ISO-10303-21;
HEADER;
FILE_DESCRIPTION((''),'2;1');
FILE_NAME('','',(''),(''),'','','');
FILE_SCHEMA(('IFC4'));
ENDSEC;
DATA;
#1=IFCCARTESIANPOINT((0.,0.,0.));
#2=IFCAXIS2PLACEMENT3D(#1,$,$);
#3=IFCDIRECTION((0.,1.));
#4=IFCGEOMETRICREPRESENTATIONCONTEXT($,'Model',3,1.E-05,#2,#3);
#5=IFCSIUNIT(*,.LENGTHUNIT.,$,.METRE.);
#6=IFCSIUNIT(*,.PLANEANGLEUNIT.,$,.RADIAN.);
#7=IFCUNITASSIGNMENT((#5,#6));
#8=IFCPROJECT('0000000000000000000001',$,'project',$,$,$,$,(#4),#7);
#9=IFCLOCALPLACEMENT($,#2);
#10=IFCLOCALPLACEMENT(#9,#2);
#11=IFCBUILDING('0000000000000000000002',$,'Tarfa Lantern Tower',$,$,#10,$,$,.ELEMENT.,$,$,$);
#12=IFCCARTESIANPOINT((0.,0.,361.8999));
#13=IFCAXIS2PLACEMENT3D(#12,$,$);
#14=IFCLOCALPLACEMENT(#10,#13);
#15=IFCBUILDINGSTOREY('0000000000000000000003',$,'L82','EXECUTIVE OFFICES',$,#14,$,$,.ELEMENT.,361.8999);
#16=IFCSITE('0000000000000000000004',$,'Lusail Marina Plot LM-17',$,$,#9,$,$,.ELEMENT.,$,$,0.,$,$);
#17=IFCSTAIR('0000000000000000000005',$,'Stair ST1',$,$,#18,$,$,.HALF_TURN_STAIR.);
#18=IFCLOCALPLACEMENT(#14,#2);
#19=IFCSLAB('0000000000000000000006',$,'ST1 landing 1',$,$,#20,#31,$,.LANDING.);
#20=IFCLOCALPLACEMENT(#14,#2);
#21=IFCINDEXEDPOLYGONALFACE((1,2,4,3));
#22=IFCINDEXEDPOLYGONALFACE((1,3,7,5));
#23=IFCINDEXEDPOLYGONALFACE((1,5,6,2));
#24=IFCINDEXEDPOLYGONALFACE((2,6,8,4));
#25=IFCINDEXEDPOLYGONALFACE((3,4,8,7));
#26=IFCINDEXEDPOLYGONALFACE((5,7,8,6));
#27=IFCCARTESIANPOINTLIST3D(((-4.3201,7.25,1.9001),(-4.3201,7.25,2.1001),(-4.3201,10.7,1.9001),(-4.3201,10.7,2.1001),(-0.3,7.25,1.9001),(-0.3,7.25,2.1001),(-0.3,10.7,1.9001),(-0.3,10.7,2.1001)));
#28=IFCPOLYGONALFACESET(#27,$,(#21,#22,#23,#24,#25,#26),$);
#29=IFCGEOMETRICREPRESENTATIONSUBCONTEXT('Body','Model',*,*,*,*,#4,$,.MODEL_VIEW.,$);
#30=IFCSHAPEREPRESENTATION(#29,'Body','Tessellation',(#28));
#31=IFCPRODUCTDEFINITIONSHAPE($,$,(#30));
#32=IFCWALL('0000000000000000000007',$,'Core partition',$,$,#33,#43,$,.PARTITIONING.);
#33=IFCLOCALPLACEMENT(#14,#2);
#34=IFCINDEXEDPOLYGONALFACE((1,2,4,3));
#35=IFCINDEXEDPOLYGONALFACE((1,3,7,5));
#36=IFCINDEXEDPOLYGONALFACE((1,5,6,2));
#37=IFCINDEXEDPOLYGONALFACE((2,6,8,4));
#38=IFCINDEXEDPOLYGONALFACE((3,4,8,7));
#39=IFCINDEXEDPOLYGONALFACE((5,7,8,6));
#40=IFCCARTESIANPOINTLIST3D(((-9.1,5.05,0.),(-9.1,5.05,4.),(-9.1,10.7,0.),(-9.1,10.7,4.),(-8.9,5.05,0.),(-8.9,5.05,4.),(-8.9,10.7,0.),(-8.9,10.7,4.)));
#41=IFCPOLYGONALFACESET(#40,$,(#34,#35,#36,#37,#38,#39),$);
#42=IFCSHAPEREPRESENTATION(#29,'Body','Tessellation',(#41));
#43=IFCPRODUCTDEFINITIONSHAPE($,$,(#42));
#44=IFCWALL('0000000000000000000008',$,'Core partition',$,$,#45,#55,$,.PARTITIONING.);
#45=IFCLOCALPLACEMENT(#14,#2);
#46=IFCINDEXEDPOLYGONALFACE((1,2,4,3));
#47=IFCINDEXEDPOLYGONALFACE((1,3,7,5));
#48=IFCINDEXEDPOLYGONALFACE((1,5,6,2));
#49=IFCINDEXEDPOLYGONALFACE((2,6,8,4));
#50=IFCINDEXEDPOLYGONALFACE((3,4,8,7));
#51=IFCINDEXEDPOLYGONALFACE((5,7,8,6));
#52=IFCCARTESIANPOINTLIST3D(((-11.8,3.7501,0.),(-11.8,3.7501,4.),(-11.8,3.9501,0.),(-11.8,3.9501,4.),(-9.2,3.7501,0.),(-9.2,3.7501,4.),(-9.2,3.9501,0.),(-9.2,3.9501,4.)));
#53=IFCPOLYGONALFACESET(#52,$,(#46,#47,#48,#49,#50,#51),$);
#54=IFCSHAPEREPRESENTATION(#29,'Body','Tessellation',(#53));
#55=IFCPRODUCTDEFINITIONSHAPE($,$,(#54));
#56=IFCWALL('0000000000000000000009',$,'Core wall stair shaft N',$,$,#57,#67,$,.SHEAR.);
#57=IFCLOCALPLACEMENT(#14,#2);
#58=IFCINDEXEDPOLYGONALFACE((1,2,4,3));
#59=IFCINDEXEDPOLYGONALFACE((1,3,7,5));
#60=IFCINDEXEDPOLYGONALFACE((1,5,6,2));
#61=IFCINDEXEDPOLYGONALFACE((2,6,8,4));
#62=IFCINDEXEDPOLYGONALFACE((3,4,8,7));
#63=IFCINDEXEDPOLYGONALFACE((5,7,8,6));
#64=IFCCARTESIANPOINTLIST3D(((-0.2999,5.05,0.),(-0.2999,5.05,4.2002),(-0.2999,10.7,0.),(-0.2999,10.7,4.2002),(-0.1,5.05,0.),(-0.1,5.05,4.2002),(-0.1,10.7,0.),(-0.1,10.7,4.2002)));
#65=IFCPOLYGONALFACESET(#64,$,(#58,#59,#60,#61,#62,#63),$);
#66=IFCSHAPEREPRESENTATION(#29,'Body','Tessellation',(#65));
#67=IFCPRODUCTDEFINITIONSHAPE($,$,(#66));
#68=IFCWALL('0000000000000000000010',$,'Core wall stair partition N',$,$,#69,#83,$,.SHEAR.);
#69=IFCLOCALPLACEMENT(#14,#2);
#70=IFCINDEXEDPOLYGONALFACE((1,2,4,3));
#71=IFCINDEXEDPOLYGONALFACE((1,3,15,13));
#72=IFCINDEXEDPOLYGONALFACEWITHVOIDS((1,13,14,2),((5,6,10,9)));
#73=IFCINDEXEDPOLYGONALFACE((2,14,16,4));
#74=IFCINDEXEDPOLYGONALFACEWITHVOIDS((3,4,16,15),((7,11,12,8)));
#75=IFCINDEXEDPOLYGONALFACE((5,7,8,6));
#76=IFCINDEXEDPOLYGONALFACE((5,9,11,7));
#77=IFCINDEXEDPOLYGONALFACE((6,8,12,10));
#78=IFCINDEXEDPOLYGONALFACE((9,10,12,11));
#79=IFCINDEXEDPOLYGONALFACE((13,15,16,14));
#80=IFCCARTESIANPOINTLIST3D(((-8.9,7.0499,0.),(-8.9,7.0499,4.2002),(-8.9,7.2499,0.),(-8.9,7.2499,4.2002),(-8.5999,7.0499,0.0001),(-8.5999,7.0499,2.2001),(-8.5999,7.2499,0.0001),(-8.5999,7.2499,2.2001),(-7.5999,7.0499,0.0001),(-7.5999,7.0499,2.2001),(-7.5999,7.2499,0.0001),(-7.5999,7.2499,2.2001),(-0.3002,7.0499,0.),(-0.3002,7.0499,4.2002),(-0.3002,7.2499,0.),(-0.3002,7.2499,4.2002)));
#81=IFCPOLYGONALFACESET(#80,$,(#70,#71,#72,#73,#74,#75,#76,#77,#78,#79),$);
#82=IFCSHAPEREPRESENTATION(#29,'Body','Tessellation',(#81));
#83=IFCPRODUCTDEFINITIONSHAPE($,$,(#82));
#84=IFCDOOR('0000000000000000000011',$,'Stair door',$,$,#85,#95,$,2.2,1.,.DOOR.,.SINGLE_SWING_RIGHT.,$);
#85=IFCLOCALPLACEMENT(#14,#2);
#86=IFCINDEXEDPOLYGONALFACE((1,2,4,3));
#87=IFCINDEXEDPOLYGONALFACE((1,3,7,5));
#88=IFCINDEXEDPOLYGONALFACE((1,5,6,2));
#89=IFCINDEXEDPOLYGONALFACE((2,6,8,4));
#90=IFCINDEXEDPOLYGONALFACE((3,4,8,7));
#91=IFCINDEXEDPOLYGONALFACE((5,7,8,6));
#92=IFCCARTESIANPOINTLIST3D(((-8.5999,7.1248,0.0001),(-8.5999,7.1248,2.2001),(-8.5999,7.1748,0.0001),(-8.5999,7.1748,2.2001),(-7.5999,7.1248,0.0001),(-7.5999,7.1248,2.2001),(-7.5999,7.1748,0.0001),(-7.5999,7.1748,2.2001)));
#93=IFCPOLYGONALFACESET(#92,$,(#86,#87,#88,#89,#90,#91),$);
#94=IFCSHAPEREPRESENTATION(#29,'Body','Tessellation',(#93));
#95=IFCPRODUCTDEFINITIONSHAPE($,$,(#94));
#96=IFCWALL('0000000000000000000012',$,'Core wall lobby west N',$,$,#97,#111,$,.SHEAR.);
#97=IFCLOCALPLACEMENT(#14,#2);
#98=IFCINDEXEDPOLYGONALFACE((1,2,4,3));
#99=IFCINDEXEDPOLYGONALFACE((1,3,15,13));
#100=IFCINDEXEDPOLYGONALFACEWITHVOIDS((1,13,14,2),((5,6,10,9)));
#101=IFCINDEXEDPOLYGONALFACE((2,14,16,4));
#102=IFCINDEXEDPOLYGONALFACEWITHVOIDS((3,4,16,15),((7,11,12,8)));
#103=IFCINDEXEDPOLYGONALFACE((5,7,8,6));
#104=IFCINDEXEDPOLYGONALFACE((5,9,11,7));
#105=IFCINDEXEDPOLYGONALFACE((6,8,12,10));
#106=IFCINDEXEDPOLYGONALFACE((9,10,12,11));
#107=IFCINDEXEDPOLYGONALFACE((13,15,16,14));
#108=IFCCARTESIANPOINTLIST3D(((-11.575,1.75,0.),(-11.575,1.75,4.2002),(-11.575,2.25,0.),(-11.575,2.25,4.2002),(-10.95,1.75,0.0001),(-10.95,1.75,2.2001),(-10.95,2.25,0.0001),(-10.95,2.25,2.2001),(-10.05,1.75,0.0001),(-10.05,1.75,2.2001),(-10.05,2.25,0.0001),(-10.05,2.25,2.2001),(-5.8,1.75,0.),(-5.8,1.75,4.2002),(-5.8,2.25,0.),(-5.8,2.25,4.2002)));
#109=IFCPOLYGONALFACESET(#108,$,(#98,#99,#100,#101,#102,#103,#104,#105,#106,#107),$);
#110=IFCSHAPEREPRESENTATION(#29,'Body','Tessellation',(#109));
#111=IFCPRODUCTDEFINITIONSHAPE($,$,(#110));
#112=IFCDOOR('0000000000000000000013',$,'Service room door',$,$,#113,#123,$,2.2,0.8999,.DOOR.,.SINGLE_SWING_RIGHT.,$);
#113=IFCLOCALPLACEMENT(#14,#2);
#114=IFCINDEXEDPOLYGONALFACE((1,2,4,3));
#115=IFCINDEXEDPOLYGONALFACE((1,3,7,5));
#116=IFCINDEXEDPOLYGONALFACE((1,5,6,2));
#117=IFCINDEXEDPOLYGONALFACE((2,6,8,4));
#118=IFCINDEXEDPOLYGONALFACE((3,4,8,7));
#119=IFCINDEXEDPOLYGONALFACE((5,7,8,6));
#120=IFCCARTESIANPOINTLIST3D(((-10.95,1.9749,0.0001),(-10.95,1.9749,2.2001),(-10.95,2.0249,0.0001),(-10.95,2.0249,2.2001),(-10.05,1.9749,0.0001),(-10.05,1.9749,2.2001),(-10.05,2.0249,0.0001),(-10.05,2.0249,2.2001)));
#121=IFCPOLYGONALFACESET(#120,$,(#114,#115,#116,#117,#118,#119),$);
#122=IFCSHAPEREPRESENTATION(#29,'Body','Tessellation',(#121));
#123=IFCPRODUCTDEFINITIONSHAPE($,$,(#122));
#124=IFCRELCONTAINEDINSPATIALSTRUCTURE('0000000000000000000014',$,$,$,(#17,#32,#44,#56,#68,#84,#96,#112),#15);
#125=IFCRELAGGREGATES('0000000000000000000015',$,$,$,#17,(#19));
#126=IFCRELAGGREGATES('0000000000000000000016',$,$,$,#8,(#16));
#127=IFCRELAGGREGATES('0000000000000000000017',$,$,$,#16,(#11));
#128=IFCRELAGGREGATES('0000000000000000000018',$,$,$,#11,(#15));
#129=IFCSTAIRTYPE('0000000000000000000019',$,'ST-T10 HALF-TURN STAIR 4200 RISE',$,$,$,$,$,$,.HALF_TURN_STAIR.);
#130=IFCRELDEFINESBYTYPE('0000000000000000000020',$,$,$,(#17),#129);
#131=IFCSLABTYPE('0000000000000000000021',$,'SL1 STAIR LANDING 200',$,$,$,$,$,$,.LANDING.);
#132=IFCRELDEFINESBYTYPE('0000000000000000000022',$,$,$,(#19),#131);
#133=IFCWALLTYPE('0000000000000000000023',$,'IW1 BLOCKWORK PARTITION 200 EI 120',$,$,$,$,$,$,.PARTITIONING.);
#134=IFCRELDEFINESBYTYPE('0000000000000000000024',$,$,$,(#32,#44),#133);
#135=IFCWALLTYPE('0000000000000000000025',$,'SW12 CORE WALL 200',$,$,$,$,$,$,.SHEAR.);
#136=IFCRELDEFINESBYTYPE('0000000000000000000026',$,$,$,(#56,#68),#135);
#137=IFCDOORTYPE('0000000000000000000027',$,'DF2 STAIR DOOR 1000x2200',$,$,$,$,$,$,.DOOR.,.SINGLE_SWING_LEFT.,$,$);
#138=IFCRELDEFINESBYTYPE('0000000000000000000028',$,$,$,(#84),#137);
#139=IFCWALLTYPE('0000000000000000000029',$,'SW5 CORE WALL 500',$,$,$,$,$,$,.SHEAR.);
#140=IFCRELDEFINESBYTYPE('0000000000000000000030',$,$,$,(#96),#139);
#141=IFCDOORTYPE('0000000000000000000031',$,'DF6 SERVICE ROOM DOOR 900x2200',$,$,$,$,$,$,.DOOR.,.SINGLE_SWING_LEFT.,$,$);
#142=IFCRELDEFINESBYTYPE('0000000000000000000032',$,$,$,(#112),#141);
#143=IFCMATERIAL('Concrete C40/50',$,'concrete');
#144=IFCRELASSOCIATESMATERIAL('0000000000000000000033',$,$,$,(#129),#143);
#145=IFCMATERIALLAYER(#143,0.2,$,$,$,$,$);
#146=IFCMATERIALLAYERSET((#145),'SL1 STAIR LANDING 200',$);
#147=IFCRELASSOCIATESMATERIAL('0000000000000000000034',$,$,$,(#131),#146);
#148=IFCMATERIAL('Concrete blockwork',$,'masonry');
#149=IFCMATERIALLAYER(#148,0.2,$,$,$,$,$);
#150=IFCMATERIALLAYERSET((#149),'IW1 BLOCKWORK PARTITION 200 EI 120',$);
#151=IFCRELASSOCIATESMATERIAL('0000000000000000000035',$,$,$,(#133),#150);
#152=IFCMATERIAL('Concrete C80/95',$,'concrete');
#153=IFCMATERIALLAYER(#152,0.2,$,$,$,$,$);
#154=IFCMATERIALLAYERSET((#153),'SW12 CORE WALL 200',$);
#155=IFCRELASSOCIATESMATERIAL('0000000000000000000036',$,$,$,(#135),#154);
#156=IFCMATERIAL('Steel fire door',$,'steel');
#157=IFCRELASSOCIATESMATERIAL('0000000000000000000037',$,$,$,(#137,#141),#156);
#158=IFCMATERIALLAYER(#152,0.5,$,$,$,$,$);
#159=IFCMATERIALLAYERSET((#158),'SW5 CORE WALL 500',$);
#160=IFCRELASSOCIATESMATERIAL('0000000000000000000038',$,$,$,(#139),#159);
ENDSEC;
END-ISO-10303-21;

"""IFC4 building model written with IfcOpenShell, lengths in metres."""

from ifc_helpers import new_model, si_unit, direction, frame, frame_2d, origin, place, context, subcontext, project, spatial, polyline, rectangle, outline, extrude, material, layer, layer_set, type_object, element, fill, aggregate, save


model = new_model("IFC4")

# Units and contexts
model_context = context("Model", 3, precision=1e-05, world=origin(), true_north=direction((0.0, 1.0)))
body_context = subcontext(model_context, "Body", "Model", "MODEL_VIEW")
ifc_project = project(units=[si_unit("LENGTHUNIT", "METRE"), si_unit("PLANEANGLEUNIT", "RADIAN")], contexts=[model_context])

# Site, building, storey
site_placement = place(None, origin())
site = spatial("IfcSite", under=ifc_project, at=site_placement, Name="Lusail Marina Plot LM-17", CompositionType="ELEMENT", RefElevation=0.0)
building_placement = place(site_placement, origin())
building = spatial("IfcBuilding", under=site, at=building_placement, Name="Tarfa Lantern Tower", CompositionType="ELEMENT")
storey_placement = place(building_placement, frame((0.0, 0.0, 361.8999)))
storey = spatial("IfcBuildingStorey", under=building, at=storey_placement, Name="L82", Description="EXECUTIVE OFFICES", CompositionType="ELEMENT", Elevation=361.8999)

# Stair, slab
ifc_material_1 = material(Name="Concrete C40/50", Category="concrete")
stair_type = type_object("IfcStairType", Name="ST-T10 HALF-TURN STAIR 4200 RISE", PredefinedType="HALF_TURN_STAIR", material=ifc_material_1)
stair_placement = place(storey_placement, origin())
stair = element("IfcStair", 1, at=stair_placement, inside=storey, type_object=stair_type, Name="Stair ST1", PredefinedType="HALF_TURN_STAIR")
ifc_layer_1 = layer(ifc_material_1, 0.2)
ifc_layer_set_1 = layer_set([ifc_layer_1], Name="SL1 STAIR LANDING 200")
slab_type = type_object("IfcSlabType", Name="SL1 STAIR LANDING 200", PredefinedType="LANDING", material=ifc_layer_set_1)
slab_placement = place(storey_placement, frame((0.0, 0.0, 1.9001)))
slab = element("IfcSlab", 2, at=slab_placement, type_object=slab_type, Name="ST1 landing 1", PredefinedType="LANDING", context=body_context, shape_type="SweptSolid", body=[
    extrude(outline(polyline([(-4.3201, 7.25), (-0.3, 7.25), (-0.3, 10.7), (-4.3201, 10.7), (-4.3201, 7.25)])), origin(), (0.0, 0.0, 1.0), 0.2),
])
aggregate(stair, [slab])

# Walls
ifc_material_2 = material(Name="Concrete blockwork", Category="masonry")
ifc_layer_2 = layer(ifc_material_2, 0.2)
ifc_layer_set_2 = layer_set([ifc_layer_2], Name="IW1 BLOCKWORK PARTITION 200 EI 120")
wall_type_1 = type_object("IfcWallType", Name="IW1 BLOCKWORK PARTITION 200 EI 120", PredefinedType="PARTITIONING", material=ifc_layer_set_2)
wall_1_placement = place(storey_placement, frame((-9.0, 5.05, 0.0), z_axis=(0.0, 0.0, 1.0), x_axis=(0.0, 1.0, 0.0)))
element("IfcWall", 3, at=wall_1_placement, inside=storey, type_object=wall_type_1, Name="Core partition", PredefinedType="PARTITIONING", context=body_context, shape_type="SweptSolid", body=[
    extrude(rectangle(XDim=5.6499, YDim=0.2, at=frame_2d((2.825, 0.0))), origin(), (0.0, 0.0, 1.0), 4.0),
])
wall_2_placement = place(storey_placement, frame((-11.8, 3.8501, 0.0), z_axis=(0.0, 0.0, 1.0), x_axis=(1.0, 0.0, 0.0)))
element("IfcWall", 4, at=wall_2_placement, inside=storey, type_object=wall_type_1, Name="Core partition", PredefinedType="PARTITIONING", context=body_context, shape_type="SweptSolid", body=[
    extrude(rectangle(XDim=2.6001, YDim=0.2, at=frame_2d((1.3, 0.0))), origin(), (0.0, 0.0, 1.0), 4.0),
])
ifc_material_3 = material(Name="Concrete C80/95", Category="concrete")
ifc_layer_3 = layer(ifc_material_3, 0.2)
ifc_layer_set_3 = layer_set([ifc_layer_3], Name="SW12 CORE WALL 200")
wall_type_2 = type_object("IfcWallType", Name="SW12 CORE WALL 200", PredefinedType="SHEAR", material=ifc_layer_set_3)
wall_3_placement = place(storey_placement, frame((-0.2, 5.05, 0.0), z_axis=(0.0, 0.0, 1.0), x_axis=(0.0, 1.0, 0.0)))
element("IfcWall", 5, at=wall_3_placement, inside=storey, type_object=wall_type_2, Name="Core wall stair shaft N", PredefinedType="SHEAR", context=body_context, shape_type="SweptSolid", body=[
    extrude(rectangle(XDim=5.6499, YDim=0.2, at=frame_2d((2.825, 0.0))), origin(), (0.0, 0.0, 1.0), 4.2002),
])

# Walls, openings, doors
wall_4_placement = place(storey_placement, frame((-8.8999, 7.1499, 0.0), z_axis=(0.0, 0.0, 1.0), x_axis=(1.0, 0.0, 0.0)))
wall_4 = element("IfcWall", 6, at=wall_4_placement, inside=storey, type_object=wall_type_2, Name="Core wall stair partition N", PredefinedType="SHEAR", context=body_context, shape_type="SweptSolid", body=[
    extrude(rectangle(XDim=8.5999, YDim=0.2, at=frame_2d((4.2998, 0.0))), origin(), (0.0, 0.0, 1.0), 4.2002),
])
opening_1_placement = place(wall_4_placement, frame((0.3, 0.0, 0.0)))
opening_1 = element("IfcOpeningElement", 7, at=opening_1_placement, cuts=wall_4, PredefinedType="OPENING", context=body_context, shape_type="SweptSolid", body=[
    extrude(rectangle(XDim=1.0, YDim=2.2, at=frame_2d((0.5, 1.1001))), frame((0.0, 0.1099, 0.0), z_axis=(0.0, -1.0, 0.0), x_axis=(1.0, 0.0, 0.0)), (0.0, 0.0, 1.0), 0.22),
])
ifc_material_4 = material(Name="Steel fire door", Category="steel")
door_type_1 = type_object("IfcDoorType", Name="DF2 STAIR DOOR 1000x2200", OperationType="SINGLE_SWING_LEFT", PredefinedType="DOOR", material=ifc_material_4)
door_1_placement = place(opening_1_placement, origin())
door_1 = element("IfcDoor", 8, at=door_1_placement, inside=storey, type_object=door_type_1, Name="Stair door", OperationType="SINGLE_SWING_RIGHT", OverallHeight=2.2, OverallWidth=1.0, PredefinedType="DOOR", context=body_context, shape_type="SweptSolid", body=[
    extrude(rectangle(XDim=1.0, YDim=2.2, at=frame_2d((0.5, 1.1001))), frame((0.0, 0.0249, 0.0), z_axis=(0.0, -1.0, 0.0), x_axis=(1.0, 0.0, 0.0)), (0.0, 0.0, 1.0), 0.05),
])
fill(opening_1, door_1)
ifc_layer_4 = layer(ifc_material_3, 0.5)
ifc_layer_set_4 = layer_set([ifc_layer_4], Name="SW5 CORE WALL 500")
wall_type_3 = type_object("IfcWallType", Name="SW5 CORE WALL 500", PredefinedType="SHEAR", material=ifc_layer_set_4)
wall_5_placement = place(storey_placement, frame((-11.575, 2.0, 0.0), z_axis=(0.0, 0.0, 1.0), x_axis=(1.0, 0.0, 0.0)))
wall_5 = element("IfcWall", 9, at=wall_5_placement, inside=storey, type_object=wall_type_3, Name="Core wall lobby west N", PredefinedType="SHEAR", context=body_context, shape_type="SweptSolid", body=[
    extrude(rectangle(XDim=5.7749, YDim=0.5, at=frame_2d((2.8875, 0.0))), origin(), (0.0, 0.0, 1.0), 4.2002),
])
opening_2_placement = place(wall_5_placement, frame((0.625, 0.0, 0.0)))
opening_2 = element("IfcOpeningElement", 10, at=opening_2_placement, cuts=wall_5, PredefinedType="OPENING", context=body_context, shape_type="SweptSolid", body=[
    extrude(rectangle(XDim=0.8999, YDim=2.2, at=frame_2d((0.45, 1.1001))), frame((0.0, 0.26, 0.0), z_axis=(0.0, -1.0, 0.0), x_axis=(1.0, 0.0, 0.0)), (0.0, 0.0, 1.0), 0.52),
])
door_type_2 = type_object("IfcDoorType", Name="DF6 SERVICE ROOM DOOR 900x2200", OperationType="SINGLE_SWING_LEFT", PredefinedType="DOOR", material=ifc_material_4)
door_2_placement = place(opening_2_placement, origin())
door_2 = element("IfcDoor", 11, at=door_2_placement, inside=storey, type_object=door_type_2, Name="Service room door", OperationType="SINGLE_SWING_RIGHT", OverallHeight=2.2, OverallWidth=0.8999, PredefinedType="DOOR", context=body_context, shape_type="SweptSolid", body=[
    extrude(rectangle(XDim=0.8999, YDim=2.2, at=frame_2d((0.45, 1.1001))), frame((0.0, 0.0249, 0.0), z_axis=(0.0, -1.0, 0.0), x_axis=(1.0, 0.0, 0.0)), (0.0, 0.0, 1.0), 0.05),
])
fill(opening_2, door_2)

save(model, "model.ifc")
